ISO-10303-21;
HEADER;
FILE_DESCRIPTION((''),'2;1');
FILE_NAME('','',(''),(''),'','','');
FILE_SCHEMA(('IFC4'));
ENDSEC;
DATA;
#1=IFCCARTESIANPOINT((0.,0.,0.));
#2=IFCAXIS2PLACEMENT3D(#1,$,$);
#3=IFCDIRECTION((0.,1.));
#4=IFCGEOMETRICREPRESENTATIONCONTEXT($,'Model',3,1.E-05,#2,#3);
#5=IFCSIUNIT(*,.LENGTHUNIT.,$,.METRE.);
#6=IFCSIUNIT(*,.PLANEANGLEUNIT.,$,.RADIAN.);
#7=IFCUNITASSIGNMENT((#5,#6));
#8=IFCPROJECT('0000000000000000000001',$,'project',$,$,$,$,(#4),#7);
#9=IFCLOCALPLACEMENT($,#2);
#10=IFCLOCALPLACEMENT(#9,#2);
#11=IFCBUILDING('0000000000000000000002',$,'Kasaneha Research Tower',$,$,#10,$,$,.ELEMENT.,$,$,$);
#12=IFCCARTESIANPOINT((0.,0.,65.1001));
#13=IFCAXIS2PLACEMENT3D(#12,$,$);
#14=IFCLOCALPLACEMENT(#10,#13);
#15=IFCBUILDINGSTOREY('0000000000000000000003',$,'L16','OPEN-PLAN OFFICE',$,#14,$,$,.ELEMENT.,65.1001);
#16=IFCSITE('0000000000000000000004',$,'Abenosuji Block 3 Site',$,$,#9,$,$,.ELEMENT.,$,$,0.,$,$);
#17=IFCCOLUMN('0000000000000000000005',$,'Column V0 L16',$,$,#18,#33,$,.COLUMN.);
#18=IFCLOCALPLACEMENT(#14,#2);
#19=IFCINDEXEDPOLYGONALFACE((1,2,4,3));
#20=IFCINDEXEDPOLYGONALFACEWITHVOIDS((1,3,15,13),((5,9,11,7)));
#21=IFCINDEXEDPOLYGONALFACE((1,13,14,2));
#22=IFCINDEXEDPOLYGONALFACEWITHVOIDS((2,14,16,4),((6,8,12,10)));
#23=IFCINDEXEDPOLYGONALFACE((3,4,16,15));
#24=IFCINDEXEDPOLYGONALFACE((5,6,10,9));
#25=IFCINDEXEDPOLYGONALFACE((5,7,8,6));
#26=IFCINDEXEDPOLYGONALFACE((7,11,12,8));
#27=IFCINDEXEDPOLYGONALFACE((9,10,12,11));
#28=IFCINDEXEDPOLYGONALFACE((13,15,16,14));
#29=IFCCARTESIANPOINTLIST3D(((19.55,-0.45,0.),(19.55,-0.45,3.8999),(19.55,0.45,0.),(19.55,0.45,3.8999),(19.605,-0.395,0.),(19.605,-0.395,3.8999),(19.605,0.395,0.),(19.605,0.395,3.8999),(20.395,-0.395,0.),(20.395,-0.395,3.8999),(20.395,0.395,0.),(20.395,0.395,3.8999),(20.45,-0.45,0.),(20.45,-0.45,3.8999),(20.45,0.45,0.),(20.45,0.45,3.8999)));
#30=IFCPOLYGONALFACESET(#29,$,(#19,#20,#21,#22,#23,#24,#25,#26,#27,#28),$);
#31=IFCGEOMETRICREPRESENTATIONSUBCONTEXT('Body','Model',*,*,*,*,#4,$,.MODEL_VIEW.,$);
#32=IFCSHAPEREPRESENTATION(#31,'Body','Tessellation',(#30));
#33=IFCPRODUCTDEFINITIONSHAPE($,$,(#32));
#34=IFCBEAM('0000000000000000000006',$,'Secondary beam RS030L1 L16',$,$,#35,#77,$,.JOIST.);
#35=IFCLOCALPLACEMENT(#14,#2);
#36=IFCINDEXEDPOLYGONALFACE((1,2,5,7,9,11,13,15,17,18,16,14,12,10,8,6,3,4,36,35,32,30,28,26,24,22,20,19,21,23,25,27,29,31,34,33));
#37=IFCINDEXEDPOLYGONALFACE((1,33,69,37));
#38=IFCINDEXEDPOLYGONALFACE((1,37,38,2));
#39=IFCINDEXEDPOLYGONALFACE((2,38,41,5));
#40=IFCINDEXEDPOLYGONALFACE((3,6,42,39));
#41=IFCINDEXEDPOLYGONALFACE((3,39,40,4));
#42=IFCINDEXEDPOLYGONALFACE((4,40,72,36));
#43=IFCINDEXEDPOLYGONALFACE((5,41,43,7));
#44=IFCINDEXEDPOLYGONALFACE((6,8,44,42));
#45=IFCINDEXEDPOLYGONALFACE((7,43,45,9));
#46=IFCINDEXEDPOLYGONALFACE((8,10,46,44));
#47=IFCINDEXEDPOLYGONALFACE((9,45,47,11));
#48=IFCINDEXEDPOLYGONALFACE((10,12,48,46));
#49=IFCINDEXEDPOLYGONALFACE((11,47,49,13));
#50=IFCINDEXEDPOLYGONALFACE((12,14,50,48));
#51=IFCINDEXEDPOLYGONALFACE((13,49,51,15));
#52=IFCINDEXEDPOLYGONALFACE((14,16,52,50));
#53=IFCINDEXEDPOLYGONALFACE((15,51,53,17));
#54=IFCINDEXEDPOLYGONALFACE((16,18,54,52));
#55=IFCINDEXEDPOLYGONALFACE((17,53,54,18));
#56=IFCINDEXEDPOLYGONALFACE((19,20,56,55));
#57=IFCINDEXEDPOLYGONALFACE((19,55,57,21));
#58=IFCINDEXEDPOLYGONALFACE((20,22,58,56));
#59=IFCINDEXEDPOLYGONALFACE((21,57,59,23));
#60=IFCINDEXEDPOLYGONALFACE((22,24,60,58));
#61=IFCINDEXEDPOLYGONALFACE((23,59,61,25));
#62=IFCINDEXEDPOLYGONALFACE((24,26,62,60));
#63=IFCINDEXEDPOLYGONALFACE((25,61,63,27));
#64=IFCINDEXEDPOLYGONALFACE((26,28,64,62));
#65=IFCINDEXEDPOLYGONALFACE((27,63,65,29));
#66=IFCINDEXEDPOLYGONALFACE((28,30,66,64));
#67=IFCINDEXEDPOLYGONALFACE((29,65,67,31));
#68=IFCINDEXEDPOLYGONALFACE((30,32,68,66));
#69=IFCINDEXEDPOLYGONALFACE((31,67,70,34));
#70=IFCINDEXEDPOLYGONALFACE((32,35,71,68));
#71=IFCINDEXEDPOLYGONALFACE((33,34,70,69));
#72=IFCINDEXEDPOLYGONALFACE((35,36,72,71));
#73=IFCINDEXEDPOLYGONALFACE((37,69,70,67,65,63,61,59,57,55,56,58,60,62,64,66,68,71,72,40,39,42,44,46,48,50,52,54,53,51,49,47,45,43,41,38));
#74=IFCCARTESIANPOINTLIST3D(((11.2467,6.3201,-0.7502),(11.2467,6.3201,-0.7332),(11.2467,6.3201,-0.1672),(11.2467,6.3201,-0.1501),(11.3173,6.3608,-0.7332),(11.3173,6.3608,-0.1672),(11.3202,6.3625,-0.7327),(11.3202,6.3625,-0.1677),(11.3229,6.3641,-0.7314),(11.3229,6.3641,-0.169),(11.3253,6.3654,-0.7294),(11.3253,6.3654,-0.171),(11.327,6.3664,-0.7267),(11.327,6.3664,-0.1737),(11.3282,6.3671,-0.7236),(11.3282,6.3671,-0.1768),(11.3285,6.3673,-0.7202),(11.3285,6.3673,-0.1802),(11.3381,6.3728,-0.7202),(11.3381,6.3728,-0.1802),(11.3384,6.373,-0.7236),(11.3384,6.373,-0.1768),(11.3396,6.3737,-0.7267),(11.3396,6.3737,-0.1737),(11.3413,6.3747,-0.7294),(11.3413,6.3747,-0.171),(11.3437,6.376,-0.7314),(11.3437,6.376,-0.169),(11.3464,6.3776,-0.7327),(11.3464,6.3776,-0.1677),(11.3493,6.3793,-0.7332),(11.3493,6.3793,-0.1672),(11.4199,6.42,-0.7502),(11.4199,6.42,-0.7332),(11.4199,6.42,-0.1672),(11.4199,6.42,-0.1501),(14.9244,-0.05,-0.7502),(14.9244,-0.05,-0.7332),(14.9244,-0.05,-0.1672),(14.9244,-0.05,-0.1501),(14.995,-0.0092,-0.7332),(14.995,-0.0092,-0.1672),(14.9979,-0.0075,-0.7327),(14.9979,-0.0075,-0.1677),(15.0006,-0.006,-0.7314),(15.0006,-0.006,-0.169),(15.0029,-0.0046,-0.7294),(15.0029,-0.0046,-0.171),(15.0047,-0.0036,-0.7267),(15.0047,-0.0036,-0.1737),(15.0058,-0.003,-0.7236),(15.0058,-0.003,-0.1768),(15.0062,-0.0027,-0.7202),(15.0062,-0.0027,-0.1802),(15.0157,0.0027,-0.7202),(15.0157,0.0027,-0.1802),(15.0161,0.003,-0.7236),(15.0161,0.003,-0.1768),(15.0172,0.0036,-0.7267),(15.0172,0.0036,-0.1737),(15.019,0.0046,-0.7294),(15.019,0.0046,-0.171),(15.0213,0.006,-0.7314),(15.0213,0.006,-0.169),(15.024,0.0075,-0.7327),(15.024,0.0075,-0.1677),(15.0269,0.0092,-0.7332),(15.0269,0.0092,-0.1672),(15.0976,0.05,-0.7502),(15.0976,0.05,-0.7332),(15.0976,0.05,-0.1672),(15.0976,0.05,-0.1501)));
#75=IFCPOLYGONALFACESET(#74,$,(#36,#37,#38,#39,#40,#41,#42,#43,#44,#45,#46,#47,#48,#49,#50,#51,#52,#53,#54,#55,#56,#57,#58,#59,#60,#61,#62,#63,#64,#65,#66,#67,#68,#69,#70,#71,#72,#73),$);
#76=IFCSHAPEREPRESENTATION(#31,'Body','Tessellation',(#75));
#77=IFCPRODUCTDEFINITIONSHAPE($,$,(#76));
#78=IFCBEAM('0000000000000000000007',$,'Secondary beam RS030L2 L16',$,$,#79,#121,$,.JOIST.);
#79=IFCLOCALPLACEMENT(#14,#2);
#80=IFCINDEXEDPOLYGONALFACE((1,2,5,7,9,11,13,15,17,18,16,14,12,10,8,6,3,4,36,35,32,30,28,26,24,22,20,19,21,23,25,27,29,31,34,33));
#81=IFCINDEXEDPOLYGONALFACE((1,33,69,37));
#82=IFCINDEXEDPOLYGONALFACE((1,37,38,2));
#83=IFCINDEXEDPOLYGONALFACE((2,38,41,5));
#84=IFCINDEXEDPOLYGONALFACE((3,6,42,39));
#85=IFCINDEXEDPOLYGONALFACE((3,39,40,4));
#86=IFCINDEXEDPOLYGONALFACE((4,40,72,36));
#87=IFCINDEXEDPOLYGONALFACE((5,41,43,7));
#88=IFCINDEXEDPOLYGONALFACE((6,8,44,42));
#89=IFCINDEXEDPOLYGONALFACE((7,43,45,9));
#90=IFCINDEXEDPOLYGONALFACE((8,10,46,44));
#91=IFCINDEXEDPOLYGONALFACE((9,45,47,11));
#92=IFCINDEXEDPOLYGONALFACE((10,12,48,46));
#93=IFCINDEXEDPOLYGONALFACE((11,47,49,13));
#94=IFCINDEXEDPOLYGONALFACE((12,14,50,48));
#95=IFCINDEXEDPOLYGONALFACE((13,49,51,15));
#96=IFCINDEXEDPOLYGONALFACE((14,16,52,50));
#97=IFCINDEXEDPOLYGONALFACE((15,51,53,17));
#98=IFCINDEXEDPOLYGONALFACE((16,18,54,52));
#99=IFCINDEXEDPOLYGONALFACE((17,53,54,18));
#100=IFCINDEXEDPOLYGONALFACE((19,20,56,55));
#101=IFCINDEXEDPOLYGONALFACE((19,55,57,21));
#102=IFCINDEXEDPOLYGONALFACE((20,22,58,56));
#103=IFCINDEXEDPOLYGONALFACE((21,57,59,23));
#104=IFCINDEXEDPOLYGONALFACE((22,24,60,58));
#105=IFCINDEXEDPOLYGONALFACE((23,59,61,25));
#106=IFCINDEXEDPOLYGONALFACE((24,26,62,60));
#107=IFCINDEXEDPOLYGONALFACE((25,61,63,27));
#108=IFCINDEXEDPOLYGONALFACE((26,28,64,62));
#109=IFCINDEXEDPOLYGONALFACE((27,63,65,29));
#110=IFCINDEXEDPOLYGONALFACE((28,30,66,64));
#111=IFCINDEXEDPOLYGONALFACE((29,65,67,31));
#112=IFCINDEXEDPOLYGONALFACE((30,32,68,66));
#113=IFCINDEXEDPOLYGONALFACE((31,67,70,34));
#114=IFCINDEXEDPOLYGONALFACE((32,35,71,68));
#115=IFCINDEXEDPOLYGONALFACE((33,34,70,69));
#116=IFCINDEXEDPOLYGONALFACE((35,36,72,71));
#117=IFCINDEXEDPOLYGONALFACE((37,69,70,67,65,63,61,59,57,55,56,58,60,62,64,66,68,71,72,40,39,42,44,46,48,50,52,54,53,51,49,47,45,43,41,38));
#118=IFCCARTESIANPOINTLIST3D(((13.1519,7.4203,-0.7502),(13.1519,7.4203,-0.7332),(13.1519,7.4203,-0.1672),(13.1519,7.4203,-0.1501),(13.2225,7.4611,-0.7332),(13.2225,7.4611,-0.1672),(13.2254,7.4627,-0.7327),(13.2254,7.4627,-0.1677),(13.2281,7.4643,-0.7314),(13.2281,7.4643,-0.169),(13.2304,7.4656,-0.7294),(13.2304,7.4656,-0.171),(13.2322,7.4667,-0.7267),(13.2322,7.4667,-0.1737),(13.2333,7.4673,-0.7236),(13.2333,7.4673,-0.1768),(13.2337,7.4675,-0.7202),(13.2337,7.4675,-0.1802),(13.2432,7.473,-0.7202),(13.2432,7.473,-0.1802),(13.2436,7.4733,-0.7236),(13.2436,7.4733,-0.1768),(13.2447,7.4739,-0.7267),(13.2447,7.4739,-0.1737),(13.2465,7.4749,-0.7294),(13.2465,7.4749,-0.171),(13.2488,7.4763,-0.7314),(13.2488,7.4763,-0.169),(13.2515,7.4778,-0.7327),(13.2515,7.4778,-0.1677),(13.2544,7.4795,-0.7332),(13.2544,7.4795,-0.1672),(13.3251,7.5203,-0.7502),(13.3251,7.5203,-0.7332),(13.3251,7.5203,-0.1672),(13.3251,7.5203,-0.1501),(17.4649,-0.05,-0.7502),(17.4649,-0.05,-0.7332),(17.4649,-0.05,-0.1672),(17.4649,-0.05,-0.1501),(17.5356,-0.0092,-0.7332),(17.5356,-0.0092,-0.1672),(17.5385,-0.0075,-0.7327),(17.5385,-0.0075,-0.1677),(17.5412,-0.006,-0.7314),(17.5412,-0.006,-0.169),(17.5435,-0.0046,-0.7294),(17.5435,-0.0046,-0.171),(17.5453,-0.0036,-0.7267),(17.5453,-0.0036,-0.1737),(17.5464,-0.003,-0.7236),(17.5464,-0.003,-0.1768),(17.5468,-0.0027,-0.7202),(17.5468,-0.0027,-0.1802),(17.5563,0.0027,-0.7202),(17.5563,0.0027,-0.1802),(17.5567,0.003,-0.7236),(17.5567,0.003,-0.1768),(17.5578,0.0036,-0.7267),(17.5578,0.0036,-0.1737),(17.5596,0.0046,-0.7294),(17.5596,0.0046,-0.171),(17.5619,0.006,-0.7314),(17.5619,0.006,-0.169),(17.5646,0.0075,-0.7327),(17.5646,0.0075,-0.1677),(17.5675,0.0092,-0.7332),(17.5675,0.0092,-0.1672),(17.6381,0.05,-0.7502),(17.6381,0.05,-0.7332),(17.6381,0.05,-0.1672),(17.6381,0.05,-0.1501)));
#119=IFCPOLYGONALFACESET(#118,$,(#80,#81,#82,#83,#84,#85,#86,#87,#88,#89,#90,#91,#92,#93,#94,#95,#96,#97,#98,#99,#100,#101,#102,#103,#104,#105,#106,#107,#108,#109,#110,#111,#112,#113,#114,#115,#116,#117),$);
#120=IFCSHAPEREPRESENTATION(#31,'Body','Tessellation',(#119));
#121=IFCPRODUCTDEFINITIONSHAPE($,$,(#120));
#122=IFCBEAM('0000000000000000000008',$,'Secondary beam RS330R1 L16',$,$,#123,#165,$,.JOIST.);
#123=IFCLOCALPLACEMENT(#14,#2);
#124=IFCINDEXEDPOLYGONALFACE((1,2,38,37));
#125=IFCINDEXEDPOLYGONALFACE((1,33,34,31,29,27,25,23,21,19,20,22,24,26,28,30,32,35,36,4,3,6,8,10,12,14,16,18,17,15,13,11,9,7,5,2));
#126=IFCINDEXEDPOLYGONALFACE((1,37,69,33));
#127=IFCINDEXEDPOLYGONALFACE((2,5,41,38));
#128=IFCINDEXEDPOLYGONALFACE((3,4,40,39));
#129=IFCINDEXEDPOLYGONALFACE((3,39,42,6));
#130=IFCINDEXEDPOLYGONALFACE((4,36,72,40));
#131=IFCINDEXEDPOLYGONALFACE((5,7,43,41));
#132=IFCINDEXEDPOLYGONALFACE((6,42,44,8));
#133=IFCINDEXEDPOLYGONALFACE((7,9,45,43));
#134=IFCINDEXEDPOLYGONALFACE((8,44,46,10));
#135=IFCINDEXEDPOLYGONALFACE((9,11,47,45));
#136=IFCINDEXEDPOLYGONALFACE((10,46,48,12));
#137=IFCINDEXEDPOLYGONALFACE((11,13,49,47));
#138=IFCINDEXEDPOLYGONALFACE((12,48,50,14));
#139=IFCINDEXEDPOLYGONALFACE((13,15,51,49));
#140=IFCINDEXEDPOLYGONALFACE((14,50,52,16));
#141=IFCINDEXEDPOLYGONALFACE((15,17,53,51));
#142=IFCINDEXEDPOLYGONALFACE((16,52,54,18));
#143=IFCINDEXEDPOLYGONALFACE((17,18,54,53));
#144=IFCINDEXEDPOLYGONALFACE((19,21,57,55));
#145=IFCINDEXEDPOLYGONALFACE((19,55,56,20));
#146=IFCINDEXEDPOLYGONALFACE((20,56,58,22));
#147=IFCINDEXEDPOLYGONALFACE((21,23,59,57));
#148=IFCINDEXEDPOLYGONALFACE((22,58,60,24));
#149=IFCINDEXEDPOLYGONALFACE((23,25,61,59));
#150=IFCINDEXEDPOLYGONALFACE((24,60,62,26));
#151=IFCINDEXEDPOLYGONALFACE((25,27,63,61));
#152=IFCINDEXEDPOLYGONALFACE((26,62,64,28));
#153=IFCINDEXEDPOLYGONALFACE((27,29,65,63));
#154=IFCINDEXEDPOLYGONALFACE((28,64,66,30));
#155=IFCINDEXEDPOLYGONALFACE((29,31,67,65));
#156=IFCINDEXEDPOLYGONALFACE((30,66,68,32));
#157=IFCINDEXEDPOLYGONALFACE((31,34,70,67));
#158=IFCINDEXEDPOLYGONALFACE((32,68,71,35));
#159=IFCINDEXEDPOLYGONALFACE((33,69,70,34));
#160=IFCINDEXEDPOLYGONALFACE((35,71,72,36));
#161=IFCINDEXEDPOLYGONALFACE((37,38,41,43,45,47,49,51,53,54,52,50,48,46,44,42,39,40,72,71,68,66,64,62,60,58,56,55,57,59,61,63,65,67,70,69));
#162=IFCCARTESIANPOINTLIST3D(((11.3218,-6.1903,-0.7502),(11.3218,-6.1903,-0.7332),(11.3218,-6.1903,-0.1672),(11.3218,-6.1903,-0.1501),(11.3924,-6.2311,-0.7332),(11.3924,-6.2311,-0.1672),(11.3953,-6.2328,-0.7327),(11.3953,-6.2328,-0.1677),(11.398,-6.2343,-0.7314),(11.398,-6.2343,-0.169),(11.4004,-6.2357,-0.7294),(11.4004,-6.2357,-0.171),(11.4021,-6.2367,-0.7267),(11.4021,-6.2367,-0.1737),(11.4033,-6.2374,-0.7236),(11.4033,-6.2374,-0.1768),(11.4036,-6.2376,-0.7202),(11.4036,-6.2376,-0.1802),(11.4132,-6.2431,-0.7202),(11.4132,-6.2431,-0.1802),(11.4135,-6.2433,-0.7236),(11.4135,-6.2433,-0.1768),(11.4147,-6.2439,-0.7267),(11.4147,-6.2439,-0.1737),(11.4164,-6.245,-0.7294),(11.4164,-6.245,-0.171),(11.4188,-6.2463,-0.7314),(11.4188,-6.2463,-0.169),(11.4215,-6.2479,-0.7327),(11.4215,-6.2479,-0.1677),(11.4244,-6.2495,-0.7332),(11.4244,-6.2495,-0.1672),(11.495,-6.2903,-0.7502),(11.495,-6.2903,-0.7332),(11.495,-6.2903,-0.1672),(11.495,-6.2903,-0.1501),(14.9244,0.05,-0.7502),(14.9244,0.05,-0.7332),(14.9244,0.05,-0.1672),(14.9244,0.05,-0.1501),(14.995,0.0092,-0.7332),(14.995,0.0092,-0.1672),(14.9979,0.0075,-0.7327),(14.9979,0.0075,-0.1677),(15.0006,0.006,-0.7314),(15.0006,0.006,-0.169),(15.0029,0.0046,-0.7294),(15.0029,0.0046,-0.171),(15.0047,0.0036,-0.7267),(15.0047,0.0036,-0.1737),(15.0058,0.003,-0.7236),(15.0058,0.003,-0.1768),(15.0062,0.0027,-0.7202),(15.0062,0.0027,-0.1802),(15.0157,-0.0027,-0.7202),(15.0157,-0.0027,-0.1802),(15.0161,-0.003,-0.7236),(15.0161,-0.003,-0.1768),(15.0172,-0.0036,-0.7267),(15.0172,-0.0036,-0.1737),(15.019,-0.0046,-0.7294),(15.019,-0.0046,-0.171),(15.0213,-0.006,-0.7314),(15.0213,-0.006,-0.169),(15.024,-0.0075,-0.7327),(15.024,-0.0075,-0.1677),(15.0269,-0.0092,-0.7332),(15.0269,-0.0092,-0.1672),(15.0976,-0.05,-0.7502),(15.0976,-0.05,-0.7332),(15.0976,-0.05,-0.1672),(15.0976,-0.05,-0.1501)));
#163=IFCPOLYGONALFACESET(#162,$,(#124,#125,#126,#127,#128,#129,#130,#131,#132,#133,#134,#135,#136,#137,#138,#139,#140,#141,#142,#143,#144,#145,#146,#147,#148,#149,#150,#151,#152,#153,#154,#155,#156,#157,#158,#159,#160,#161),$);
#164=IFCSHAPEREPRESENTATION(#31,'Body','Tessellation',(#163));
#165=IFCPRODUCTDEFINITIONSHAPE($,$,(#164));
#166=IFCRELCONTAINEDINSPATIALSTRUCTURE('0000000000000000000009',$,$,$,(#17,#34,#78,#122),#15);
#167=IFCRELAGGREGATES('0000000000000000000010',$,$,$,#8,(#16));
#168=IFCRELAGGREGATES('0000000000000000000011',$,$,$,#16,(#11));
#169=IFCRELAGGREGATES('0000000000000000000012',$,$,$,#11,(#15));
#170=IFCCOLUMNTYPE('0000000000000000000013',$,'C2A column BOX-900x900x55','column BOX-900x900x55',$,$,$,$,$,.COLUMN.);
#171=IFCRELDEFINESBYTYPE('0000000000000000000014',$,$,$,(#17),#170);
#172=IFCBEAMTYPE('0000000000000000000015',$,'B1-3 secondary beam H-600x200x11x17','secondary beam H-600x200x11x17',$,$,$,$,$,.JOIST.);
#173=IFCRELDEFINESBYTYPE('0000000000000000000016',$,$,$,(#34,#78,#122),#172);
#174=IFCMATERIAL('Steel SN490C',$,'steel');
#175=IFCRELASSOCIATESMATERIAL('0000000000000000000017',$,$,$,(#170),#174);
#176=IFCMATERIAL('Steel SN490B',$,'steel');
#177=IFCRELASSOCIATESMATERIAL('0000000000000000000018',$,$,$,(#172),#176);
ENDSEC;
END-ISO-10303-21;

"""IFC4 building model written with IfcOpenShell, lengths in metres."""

from ifc_helpers import new_model, si_unit, direction, frame, origin, origin_2d, place, context, subcontext, project, spatial, hollow_rectangle, i_section, extrude, material, material_profile, profile_set, type_object, element, save


model = new_model("IFC4")

# Units and contexts
model_context = context("Model", 3, precision=1e-05, world=origin(), true_north=direction((0.0, 1.0)))
body_context = subcontext(model_context, "Body", "Model", "MODEL_VIEW")
ifc_project = project(units=[si_unit("LENGTHUNIT", "METRE"), si_unit("PLANEANGLEUNIT", "RADIAN")], contexts=[model_context])

# Site, building, storey
site_placement = place(None, origin())
site = spatial("IfcSite", under=ifc_project, at=site_placement, Name="Abenosuji Block 3 Site", CompositionType="ELEMENT", RefElevation=0.0)
building_placement = place(site_placement, origin())
building = spatial("IfcBuilding", under=site, at=building_placement, Name="Kasaneha Research Tower", CompositionType="ELEMENT")
storey_placement = place(building_placement, frame((0.0, 0.0, 65.1001)))
storey = spatial("IfcBuildingStorey", under=building, at=storey_placement, Name="L16", Description="OPEN-PLAN OFFICE", CompositionType="ELEMENT", Elevation=65.1001)

# Column
ifc_material_1 = material(Name="Steel SN490C", Category="steel")
ifc_material_profile_1 = material_profile(ifc_material_1, hollow_rectangle(XDim=0.8999, YDim=0.8999, WallThickness=0.0549, at=origin_2d()), Name="BOX-900x900x55")
ifc_profile_set_1 = profile_set([ifc_material_profile_1], Name="Steel SN490C")
column_type = type_object("IfcColumnType", Name="C2A column BOX-900x900x55", Description="column BOX-900x900x55", PredefinedType="COLUMN", material=ifc_profile_set_1)
column_placement = place(storey_placement, frame((20.0, 0.0, 0.0), z_axis=(0.0, 0.0, 1.0), x_axis=(1.0, 0.0, 0.0)))
element("IfcColumn", 1, at=column_placement, inside=storey, type_object=column_type, Name="Column V0 L16", PredefinedType="COLUMN", context=body_context, shape_type="SweptSolid", body=[
    extrude(hollow_rectangle(XDim=0.8999, YDim=0.8999, WallThickness=0.0549, at=origin_2d()), origin(), (0.0, 0.0, 1.0), 3.8999),
])

# Beams
ifc_material_2 = material(Name="Steel SN490B", Category="steel")
ifc_material_profile_2 = material_profile(ifc_material_2, i_section(OverallWidth=0.2, OverallDepth=0.6001, WebThickness=0.011, FlangeThickness=0.0171, FilletRadius=0.0129, at=origin_2d()), Name="H-600x200x11x17")
ifc_profile_set_2 = profile_set([ifc_material_profile_2], Name="Steel SN490B")
beam_type_1 = type_object("IfcBeamType", Name="B1-3 secondary beam H-600x200x11x17", Description="secondary beam H-600x200x11x17", PredefinedType="JOIST", material=ifc_profile_set_2)
beam_1_placement = place(storey_placement, frame((15.011, 0.0, -0.4502), z_axis=(-0.499994, 0.866029, 0.0), x_axis=(-0.866029, -0.499994, 0.0)))
element("IfcBeam", 2, at=beam_1_placement, inside=storey, type_object=beam_type_1, Name="Secondary beam RS030L1 L16", PredefinedType="JOIST", context=body_context, shape_type="SweptSolid", body=[
    extrude(i_section(OverallWidth=0.2, OverallDepth=0.6001, WebThickness=0.011, FlangeThickness=0.0171, FilletRadius=0.0129, at=origin_2d()), origin(), (0.0, 0.0, 1.0), 7.3555),
])
beam_2_placement = place(storey_placement, frame((17.5515, 0.0, -0.4502), z_axis=(-0.500005, 0.866023, 0.0), x_axis=(-0.866023, -0.500005, 0.0)))
element("IfcBeam", 3, at=beam_2_placement, inside=storey, type_object=beam_type_1, Name="Secondary beam RS030L2 L16", PredefinedType="JOIST", context=body_context, shape_type="SweptSolid", body=[
    extrude(i_section(OverallWidth=0.2, OverallDepth=0.6001, WebThickness=0.011, FlangeThickness=0.0171, FilletRadius=0.0129, at=origin_2d()), origin(), (0.0, 0.0, 1.0), 8.626),
])
beam_3_placement = place(storey_placement, frame((15.011, 0.0, -0.4502), z_axis=(-0.499973, -0.866041, 0.0), x_axis=(0.866041, -0.499973, 0.0)))
element("IfcBeam", 4, at=beam_3_placement, inside=storey, type_object=beam_type_1, Name="Secondary beam RS330R1 L16", PredefinedType="JOIST", context=body_context, shape_type="SweptSolid", body=[
    extrude(i_section(OverallWidth=0.2, OverallDepth=0.6001, WebThickness=0.011, FlangeThickness=0.0171, FilletRadius=0.0129, at=origin_2d()), origin(), (0.0, 0.0, 1.0), 7.2056),
])

save(model, "model.ifc")
